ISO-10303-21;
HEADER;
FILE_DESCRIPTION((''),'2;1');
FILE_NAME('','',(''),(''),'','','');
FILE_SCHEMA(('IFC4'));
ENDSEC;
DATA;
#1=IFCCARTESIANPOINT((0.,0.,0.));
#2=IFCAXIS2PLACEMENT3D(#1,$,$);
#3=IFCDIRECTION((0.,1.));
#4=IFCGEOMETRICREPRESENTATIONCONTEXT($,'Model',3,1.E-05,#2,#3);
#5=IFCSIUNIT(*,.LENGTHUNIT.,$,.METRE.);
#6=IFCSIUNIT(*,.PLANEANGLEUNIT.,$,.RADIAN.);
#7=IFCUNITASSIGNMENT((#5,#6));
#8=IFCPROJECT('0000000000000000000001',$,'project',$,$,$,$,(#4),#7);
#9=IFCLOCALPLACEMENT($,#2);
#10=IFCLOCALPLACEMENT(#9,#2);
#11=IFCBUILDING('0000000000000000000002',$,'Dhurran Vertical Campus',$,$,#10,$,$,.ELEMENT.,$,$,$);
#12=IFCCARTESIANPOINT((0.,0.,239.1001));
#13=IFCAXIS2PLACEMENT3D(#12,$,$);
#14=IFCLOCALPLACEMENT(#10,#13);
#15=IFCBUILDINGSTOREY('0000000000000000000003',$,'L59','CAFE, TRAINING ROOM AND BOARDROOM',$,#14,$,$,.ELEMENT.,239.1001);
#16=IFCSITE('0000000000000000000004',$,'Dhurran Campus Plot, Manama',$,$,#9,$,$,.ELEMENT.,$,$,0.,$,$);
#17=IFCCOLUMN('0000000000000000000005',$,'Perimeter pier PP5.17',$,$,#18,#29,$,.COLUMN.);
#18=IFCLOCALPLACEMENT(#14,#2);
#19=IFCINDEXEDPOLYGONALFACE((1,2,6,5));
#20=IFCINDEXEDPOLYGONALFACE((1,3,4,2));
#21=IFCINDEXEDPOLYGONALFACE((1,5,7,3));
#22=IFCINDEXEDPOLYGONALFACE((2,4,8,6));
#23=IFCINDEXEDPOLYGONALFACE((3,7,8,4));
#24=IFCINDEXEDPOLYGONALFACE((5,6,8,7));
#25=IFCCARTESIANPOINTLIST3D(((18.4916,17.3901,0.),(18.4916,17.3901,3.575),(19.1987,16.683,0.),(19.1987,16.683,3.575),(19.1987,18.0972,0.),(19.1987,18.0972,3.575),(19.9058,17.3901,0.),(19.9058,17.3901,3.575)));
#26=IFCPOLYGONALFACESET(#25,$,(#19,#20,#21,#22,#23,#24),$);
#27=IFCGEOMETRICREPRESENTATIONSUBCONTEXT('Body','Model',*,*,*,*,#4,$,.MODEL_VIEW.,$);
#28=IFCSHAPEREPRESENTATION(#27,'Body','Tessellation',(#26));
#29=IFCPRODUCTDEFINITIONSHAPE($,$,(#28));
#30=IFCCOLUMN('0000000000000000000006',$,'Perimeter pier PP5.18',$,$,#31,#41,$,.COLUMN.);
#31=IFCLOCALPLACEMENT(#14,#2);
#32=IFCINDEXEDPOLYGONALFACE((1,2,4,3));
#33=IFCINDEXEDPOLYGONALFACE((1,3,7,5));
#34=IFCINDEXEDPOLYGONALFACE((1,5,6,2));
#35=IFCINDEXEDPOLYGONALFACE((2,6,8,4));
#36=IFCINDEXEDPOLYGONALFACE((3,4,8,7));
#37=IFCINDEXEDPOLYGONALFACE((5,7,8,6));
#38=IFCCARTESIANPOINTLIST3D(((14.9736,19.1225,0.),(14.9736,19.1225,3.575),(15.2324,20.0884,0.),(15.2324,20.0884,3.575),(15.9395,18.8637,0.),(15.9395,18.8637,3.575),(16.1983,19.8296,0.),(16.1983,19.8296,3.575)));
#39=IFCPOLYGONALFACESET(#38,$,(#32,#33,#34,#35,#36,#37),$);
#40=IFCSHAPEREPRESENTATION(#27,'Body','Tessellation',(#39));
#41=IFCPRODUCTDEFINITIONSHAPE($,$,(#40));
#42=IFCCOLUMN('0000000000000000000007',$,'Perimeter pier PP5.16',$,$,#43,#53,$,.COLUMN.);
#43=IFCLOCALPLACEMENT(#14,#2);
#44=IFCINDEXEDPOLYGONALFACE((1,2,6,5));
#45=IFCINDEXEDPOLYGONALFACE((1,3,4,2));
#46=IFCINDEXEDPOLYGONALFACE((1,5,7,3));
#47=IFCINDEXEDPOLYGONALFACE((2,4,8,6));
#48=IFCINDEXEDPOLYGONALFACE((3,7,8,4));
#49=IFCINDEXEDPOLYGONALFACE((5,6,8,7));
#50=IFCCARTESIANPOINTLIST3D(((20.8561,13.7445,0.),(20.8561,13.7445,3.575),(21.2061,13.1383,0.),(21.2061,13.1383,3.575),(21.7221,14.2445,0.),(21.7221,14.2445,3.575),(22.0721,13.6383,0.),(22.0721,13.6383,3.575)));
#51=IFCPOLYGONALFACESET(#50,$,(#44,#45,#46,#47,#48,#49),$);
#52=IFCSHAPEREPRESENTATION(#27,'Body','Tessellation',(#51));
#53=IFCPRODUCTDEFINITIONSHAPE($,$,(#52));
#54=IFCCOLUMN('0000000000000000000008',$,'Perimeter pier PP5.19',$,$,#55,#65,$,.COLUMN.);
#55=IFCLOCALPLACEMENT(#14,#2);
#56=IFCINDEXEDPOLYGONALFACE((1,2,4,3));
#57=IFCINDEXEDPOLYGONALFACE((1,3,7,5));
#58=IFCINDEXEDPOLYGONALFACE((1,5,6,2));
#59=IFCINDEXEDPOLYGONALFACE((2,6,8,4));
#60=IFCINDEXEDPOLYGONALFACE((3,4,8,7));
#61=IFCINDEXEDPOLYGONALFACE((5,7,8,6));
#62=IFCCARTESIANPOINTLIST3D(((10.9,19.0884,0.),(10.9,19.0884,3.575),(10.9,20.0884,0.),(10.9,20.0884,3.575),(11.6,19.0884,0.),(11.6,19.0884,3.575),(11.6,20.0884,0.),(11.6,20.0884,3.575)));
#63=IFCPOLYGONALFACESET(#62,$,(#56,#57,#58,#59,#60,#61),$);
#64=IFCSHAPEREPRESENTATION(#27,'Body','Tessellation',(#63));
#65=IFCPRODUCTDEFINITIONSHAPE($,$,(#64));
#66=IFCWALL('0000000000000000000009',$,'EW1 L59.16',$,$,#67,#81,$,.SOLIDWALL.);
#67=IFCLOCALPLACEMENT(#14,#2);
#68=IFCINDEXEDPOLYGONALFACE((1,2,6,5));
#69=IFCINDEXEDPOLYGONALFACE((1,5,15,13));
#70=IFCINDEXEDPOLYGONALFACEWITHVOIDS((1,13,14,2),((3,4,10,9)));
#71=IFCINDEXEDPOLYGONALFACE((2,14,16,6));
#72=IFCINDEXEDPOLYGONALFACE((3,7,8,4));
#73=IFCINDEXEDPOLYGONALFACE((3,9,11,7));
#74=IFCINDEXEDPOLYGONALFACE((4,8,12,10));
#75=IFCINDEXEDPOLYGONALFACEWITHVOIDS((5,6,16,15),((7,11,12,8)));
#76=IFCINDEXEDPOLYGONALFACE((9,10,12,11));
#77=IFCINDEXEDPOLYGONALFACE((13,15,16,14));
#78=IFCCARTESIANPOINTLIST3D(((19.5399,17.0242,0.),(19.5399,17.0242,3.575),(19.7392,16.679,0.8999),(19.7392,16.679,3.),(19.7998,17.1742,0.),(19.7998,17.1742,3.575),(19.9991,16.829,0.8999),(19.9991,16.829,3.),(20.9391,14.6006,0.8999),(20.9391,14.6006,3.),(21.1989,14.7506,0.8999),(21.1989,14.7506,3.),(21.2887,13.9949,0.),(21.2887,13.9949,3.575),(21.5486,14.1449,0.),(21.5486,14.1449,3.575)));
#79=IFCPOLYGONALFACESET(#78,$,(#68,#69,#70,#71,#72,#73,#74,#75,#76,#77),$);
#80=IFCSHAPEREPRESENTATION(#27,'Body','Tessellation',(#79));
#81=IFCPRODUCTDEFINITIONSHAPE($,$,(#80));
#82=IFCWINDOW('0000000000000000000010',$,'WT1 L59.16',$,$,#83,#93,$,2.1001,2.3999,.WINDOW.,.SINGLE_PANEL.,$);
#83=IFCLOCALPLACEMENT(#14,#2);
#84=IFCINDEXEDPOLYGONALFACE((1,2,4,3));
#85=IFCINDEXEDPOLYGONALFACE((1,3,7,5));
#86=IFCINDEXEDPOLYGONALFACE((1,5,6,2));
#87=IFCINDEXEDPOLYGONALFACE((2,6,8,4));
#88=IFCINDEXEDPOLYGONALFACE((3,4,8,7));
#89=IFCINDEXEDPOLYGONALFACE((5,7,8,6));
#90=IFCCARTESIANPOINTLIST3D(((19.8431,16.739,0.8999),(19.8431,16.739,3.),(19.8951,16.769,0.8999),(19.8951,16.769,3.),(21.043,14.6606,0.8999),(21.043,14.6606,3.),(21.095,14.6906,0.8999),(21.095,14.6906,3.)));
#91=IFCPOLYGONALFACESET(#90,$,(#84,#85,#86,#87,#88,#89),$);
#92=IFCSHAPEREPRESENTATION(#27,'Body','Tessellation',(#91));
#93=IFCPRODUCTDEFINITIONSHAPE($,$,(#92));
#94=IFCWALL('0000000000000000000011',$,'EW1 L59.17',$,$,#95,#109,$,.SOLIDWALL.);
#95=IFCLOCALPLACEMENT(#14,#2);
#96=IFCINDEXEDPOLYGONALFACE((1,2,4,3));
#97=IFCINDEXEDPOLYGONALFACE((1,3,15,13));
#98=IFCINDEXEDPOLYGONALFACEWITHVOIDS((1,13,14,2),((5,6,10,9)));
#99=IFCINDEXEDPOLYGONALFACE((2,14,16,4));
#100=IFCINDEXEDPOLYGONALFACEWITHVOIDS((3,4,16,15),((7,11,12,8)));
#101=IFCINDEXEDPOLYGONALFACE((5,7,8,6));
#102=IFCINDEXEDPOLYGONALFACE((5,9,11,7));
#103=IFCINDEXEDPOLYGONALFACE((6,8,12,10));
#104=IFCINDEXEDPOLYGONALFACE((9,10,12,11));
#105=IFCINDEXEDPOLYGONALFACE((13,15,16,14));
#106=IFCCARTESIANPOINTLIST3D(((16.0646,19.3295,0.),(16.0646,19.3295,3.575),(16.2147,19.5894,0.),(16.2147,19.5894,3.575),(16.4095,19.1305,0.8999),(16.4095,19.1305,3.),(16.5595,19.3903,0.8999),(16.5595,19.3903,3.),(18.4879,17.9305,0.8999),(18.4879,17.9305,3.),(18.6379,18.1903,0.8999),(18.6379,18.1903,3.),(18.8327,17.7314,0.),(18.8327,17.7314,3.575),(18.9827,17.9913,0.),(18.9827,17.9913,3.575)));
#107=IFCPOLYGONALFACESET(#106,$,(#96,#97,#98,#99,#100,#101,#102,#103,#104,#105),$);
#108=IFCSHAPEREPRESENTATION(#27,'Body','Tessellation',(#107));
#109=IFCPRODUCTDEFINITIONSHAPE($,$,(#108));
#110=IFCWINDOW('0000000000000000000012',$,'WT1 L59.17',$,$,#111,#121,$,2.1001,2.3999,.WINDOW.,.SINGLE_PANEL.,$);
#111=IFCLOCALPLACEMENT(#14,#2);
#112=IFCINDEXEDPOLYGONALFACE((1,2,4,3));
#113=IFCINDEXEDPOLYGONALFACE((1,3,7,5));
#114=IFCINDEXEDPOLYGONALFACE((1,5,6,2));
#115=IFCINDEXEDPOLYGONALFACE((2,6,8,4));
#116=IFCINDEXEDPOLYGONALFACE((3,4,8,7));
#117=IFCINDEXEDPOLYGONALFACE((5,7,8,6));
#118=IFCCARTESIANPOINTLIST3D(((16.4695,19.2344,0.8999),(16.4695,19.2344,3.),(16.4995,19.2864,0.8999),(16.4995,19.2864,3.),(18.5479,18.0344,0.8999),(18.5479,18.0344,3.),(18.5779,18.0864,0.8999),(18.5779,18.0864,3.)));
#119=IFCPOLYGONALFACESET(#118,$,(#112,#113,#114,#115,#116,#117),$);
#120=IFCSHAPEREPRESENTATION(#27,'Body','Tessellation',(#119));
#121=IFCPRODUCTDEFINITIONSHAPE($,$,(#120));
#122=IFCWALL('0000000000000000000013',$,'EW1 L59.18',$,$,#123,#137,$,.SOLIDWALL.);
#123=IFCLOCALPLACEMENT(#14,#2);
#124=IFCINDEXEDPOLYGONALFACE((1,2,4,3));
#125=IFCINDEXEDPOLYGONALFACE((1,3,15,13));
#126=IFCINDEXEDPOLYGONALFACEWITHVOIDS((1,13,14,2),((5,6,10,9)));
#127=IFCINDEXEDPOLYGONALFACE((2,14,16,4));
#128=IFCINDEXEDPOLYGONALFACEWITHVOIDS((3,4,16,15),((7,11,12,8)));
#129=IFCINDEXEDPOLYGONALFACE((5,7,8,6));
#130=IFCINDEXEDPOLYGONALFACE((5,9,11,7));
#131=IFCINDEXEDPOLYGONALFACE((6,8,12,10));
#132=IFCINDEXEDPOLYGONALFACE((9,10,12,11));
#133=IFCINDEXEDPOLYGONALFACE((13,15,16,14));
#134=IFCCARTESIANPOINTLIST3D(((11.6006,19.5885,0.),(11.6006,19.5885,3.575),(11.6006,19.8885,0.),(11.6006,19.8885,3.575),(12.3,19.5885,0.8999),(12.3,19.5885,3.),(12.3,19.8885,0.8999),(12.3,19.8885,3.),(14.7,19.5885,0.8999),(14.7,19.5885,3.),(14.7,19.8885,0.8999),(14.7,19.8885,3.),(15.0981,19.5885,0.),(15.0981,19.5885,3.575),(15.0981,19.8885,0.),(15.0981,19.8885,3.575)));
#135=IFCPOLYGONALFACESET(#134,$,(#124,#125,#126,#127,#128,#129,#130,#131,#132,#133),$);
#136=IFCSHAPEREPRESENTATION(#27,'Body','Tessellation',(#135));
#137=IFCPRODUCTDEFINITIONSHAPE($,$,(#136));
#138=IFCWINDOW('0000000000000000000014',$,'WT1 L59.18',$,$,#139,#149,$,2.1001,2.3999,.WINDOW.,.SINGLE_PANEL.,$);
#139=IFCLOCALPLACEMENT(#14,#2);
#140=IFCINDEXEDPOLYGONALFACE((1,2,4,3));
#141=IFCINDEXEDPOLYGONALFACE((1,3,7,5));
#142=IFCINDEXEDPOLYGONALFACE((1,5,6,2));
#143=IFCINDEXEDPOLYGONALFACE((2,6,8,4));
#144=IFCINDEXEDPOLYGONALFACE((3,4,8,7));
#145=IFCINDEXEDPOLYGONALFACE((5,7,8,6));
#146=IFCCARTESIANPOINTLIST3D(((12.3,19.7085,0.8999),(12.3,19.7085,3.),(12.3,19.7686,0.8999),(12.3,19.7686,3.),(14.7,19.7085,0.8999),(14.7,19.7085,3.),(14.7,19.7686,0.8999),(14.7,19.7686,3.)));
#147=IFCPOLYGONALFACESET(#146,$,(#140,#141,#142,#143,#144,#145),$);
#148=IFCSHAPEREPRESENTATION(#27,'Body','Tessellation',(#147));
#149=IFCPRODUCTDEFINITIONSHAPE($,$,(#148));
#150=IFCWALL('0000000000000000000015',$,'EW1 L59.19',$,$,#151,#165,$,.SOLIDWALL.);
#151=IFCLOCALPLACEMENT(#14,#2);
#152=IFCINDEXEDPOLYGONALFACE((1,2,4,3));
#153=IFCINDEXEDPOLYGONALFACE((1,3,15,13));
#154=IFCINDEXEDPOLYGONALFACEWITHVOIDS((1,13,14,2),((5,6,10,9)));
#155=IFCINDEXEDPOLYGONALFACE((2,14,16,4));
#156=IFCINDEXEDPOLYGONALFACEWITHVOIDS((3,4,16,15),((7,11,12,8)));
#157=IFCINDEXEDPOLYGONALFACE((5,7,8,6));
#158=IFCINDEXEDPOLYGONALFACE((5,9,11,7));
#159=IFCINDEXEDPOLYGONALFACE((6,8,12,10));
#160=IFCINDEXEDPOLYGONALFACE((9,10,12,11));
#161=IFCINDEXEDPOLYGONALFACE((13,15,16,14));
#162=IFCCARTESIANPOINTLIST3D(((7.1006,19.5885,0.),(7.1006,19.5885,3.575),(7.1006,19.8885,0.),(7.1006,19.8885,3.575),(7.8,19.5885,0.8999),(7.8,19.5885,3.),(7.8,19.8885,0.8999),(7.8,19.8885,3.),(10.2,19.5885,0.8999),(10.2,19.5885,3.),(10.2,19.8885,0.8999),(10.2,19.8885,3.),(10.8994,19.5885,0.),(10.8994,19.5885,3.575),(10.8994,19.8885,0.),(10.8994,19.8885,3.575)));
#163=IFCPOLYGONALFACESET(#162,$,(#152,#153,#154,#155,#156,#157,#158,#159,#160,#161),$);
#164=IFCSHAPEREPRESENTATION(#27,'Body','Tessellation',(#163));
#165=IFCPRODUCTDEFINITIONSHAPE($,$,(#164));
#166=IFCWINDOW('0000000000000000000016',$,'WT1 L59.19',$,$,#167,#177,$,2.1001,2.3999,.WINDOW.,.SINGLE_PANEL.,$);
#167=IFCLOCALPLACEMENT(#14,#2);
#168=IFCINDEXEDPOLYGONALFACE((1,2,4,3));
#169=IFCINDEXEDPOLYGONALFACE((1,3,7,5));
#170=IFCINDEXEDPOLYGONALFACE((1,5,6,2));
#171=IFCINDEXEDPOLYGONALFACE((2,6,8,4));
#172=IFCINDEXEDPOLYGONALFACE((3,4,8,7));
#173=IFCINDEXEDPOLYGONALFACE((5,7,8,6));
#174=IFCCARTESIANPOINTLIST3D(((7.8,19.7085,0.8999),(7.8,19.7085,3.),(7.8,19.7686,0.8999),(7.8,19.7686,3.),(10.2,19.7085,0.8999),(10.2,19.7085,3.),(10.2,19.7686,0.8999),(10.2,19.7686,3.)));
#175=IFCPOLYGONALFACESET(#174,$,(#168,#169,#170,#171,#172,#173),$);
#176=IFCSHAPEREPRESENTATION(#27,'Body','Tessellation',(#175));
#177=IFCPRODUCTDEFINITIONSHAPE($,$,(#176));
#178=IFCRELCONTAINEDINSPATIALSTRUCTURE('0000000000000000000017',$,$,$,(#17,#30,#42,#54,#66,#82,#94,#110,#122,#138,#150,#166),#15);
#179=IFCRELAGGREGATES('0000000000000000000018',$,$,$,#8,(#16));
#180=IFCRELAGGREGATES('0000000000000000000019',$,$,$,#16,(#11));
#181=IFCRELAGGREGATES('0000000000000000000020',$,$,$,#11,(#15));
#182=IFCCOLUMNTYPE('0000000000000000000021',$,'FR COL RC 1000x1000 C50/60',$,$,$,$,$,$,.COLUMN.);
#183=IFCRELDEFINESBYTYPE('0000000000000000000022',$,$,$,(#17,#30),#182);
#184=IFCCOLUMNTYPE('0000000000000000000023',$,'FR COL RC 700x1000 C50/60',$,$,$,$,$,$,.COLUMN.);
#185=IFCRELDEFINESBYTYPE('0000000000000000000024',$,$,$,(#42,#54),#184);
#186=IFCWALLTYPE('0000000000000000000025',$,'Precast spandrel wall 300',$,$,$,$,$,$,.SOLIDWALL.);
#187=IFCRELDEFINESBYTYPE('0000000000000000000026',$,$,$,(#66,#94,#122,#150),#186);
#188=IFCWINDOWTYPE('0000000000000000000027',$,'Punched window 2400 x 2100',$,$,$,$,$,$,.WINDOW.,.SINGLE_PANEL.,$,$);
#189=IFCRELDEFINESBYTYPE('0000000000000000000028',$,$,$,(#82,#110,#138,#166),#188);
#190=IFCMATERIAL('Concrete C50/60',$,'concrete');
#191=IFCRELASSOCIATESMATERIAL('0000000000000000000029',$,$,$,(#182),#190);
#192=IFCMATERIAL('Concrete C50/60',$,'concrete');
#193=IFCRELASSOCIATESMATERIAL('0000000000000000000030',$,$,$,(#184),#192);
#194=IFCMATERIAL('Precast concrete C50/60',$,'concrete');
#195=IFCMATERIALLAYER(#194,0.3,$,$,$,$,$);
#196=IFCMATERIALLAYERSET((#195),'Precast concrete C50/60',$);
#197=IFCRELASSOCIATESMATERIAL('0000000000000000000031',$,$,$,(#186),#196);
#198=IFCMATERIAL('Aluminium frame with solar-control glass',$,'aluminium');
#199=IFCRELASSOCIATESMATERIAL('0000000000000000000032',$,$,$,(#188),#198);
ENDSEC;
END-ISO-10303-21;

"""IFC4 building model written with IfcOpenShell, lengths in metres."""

from ifc_helpers import new_model, si_unit, direction, frame, frame_2d, origin, origin_2d, place, context, subcontext, project, spatial, rectangle, extrude, material, layer, layer_set, material_profile, profile_set, type_object, element, fill, save


model = new_model("IFC4")

# Units and contexts
model_context = context("Model", 3, precision=1e-05, world=origin(), true_north=direction((0.0, 1.0)))
body_context = subcontext(model_context, "Body", "Model", "MODEL_VIEW")
ifc_project = project(units=[si_unit("LENGTHUNIT", "METRE"), si_unit("PLANEANGLEUNIT", "RADIAN")], contexts=[model_context])

# Site, building, storey
site_placement = place(None, origin())
site = spatial("IfcSite", under=ifc_project, at=site_placement, Name="Dhurran Campus Plot, Manama", CompositionType="ELEMENT", RefElevation=0.0)
building_placement = place(site_placement, origin())
building = spatial("IfcBuilding", under=site, at=building_placement, Name="Dhurran Vertical Campus", CompositionType="ELEMENT")
storey_placement = place(building_placement, frame((0.0, 0.0, 239.1001)))
storey = spatial("IfcBuildingStorey", under=building, at=storey_placement, Name="L59", Description="CAFE, TRAINING ROOM AND BOARDROOM", CompositionType="ELEMENT", Elevation=239.1001)

# Columns
ifc_material_1 = material(Name="Concrete C50/60", Category="concrete")
ifc_material_profile_1 = material_profile(ifc_material_1, rectangle(XDim=1.0, YDim=1.0, at=origin_2d()), Name="RC 1000x1000")
ifc_profile_set_1 = profile_set([ifc_material_profile_1], Name="Concrete C50/60")
column_type_1 = type_object("IfcColumnType", Name="FR COL RC 1000x1000 C50/60", PredefinedType="COLUMN", material=ifc_profile_set_1)
for number, where, z_axis, x_axis, name in (
    (1, (19.1987, 17.3901, 0.0), (0.0, 0.0, 1.0), (-0.707107, 0.707107, 0.0), "Perimeter pier PP5.17"),
    (2, (15.5859, 19.4761, 0.0), (0.0, 0.0, 1.0), (-0.965926, 0.258819, 0.0), "Perimeter pier PP5.18"),
):
    element("IfcColumn", number, at=place(storey_placement, frame(where, z_axis=z_axis, x_axis=x_axis)), inside=storey, type_object=column_type_1, Name=name, PredefinedType="COLUMN", context=body_context, shape_type="SweptSolid", body=[
        extrude(rectangle(XDim=1.0, YDim=1.0, at=origin_2d()), origin(), (0.0, 0.0, 1.0), 3.575),
    ])
ifc_material_2 = material(Name="Concrete C50/60", Category="concrete")
ifc_material_profile_2 = material_profile(ifc_material_2, rectangle(XDim=0.7, YDim=1.0, at=origin_2d()), Name="RC 700x1000")
ifc_profile_set_2 = profile_set([ifc_material_profile_2], Name="Concrete C50/60")
column_type_2 = type_object("IfcColumnType", Name="FR COL RC 700x1000 C50/60", PredefinedType="COLUMN", material=ifc_profile_set_2)
for number, where, z_axis, x_axis, name in (
    (3, (21.4641, 13.6914, 0.0), (0.0, 0.0, 1.0), (-0.5, 0.866025, 0.0), "Perimeter pier PP5.16"),
    (4, (11.25, 19.5884, 0.0), (0.0, 0.0, 1.0), (-1.0, 0.0, 0.0), "Perimeter pier PP5.19"),
):
    element("IfcColumn", number, at=place(storey_placement, frame(where, z_axis=z_axis, x_axis=x_axis)), inside=storey, type_object=column_type_2, Name=name, PredefinedType="COLUMN", context=body_context, shape_type="SweptSolid", body=[
        extrude(rectangle(XDim=0.7, YDim=1.0, at=origin_2d()), origin(), (0.0, 0.0, 1.0), 3.575),
    ])

# Walls, openings, windows
ifc_material_3 = material(Name="Precast concrete C50/60", Category="concrete")
ifc_layer_1 = layer(ifc_material_3, 0.3)
ifc_layer_set_1 = layer_set([ifc_layer_1], Name="Precast concrete C50/60")
wall_type_1 = type_object("IfcWallType", Name="Precast spandrel wall 300", PredefinedType="SOLIDWALL", material=ifc_layer_set_1)
wall_1_placement = place(storey_placement, frame((21.4187, 14.0698, 0.0), z_axis=(0.0, 0.0, 1.0), x_axis=(-0.49996, 0.866048, 0.0)))
wall_1 = element("IfcWall", 5, at=wall_1_placement, inside=storey, type_object=wall_type_1, Name="EW1 L59.16", PredefinedType="SOLIDWALL", context=body_context, shape_type="SweptSolid", body=[
    extrude(rectangle(XDim=3.4978, YDim=0.3, at=frame_2d((1.749, 0.0))), origin(), (0.0, 0.0, 1.0), 3.575),
])
opening_1_placement = place(wall_1_placement, frame((0.6995, 0.0, 0.8999)))
opening_1 = element("IfcOpeningElement", 6, at=opening_1_placement, cuts=wall_1, PredefinedType="OPENING", context=body_context, shape_type="SweptSolid", body=[
    extrude(rectangle(XDim=2.3999, YDim=2.1001, at=frame_2d((1.2, 1.05))), frame((0.0, 0.1599, 0.0), z_axis=(0.0, -1.0, 0.0), x_axis=(1.0, 0.0, 0.0)), (0.0, 0.0, 1.0), 0.3201),
])
ifc_material_4 = material(Name="Aluminium frame with solar-control glass", Category="aluminium")
window_type = type_object("IfcWindowType", Name="Punched window 2400 x 2100", PartitioningType="SINGLE_PANEL", PredefinedType="WINDOW", material=ifc_material_4)
window_1_placement = place(opening_1_placement, origin())
window_1 = element("IfcWindow", 7, at=window_1_placement, inside=storey, type_object=window_type, Name="WT1 L59.16", OverallHeight=2.1001, OverallWidth=2.3999, PartitioningType="SINGLE_PANEL", PredefinedType="WINDOW", context=body_context, shape_type="SweptSolid", body=[
    extrude(rectangle(XDim=2.3999, YDim=2.1001, at=frame_2d((1.2, 1.05))), frame((0.0, 0.03, 0.0), z_axis=(0.0, -1.0, 0.0), x_axis=(1.0, 0.0, 0.0)), (0.0, 0.0, 1.0), 0.0601),
])
fill(opening_1, window_1)
wall_2_placement = place(storey_placement, frame((18.9077, 17.8613, 0.0), z_axis=(0.0, 0.0, 1.0), x_axis=(-0.866025, 0.5, 0.0)))
wall_2 = element("IfcWall", 8, at=wall_2_placement, inside=storey, type_object=wall_type_1, Name="EW1 L59.17", PredefinedType="SOLIDWALL", context=body_context, shape_type="SweptSolid", body=[
    extrude(rectangle(XDim=3.1963, YDim=0.3, at=frame_2d((1.5981, 0.0))), origin(), (0.0, 0.0, 1.0), 3.575),
])
opening_2_placement = place(wall_2_placement, frame((0.3982, 0.0, 0.8999)))
opening_2 = element("IfcOpeningElement", 9, at=opening_2_placement, cuts=wall_2, PredefinedType="OPENING", context=body_context, shape_type="SweptSolid", body=[
    extrude(rectangle(XDim=2.3999, YDim=2.1001, at=frame_2d((1.2, 1.05))), frame((0.0, 0.1599, 0.0), z_axis=(0.0, -1.0, 0.0), x_axis=(1.0, 0.0, 0.0)), (0.0, 0.0, 1.0), 0.3201),
])
window_2_placement = place(opening_2_placement, origin())
window_2 = element("IfcWindow", 10, at=window_2_placement, inside=storey, type_object=window_type, Name="WT1 L59.17", OverallHeight=2.1001, OverallWidth=2.3999, PartitioningType="SINGLE_PANEL", PredefinedType="WINDOW", context=body_context, shape_type="SweptSolid", body=[
    extrude(rectangle(XDim=2.3999, YDim=2.1001, at=frame_2d((1.2, 1.05))), frame((0.0, 0.03, 0.0), z_axis=(0.0, -1.0, 0.0), x_axis=(1.0, 0.0, 0.0)), (0.0, 0.0, 1.0), 0.0601),
])
fill(opening_2, window_2)
wall_3_placement = place(storey_placement, frame((15.0981, 19.7385, 0.0), z_axis=(0.0, 0.0, 1.0), x_axis=(-1.0, 0.0, 0.0)))
wall_3 = element("IfcWall", 11, at=wall_3_placement, inside=storey, type_object=wall_type_1, Name="EW1 L59.18", PredefinedType="SOLIDWALL", context=body_context, shape_type="SweptSolid", body=[
    extrude(rectangle(XDim=3.4976, YDim=0.3, at=frame_2d((1.7488, 0.0))), origin(), (0.0, 0.0, 1.0), 3.575),
])
opening_3_placement = place(wall_3_placement, frame((0.3982, 0.0, 0.8999)))
opening_3 = element("IfcOpeningElement", 12, at=opening_3_placement, cuts=wall_3, PredefinedType="OPENING", context=body_context, shape_type="SweptSolid", body=[
    extrude(rectangle(XDim=2.3999, YDim=2.1001, at=frame_2d((1.2, 1.05))), frame((0.0, 0.1599, 0.0), z_axis=(0.0, -1.0, 0.0), x_axis=(1.0, 0.0, 0.0)), (0.0, 0.0, 1.0), 0.3201),
])
window_3_placement = place(opening_3_placement, origin())
window_3 = element("IfcWindow", 13, at=window_3_placement, inside=storey, type_object=window_type, Name="WT1 L59.18", OverallHeight=2.1001, OverallWidth=2.3999, PartitioningType="SINGLE_PANEL", PredefinedType="WINDOW", context=body_context, shape_type="SweptSolid", body=[
    extrude(rectangle(XDim=2.3999, YDim=2.1001, at=frame_2d((1.2, 1.05))), frame((0.0, 0.03, 0.0), z_axis=(0.0, -1.0, 0.0), x_axis=(1.0, 0.0, 0.0)), (0.0, 0.0, 1.0), 0.0601),
])
fill(opening_3, window_3)
wall_4_placement = place(storey_placement, frame((10.8994, 19.7385, 0.0), z_axis=(0.0, 0.0, 1.0), x_axis=(-1.0, 0.0, 0.0)))
wall_4 = element("IfcWall", 14, at=wall_4_placement, inside=storey, type_object=wall_type_1, Name="EW1 L59.19", PredefinedType="SOLIDWALL", context=body_context, shape_type="SweptSolid", body=[
    extrude(rectangle(XDim=3.7988, YDim=0.3, at=frame_2d((1.8994, 0.0))), origin(), (0.0, 0.0, 1.0), 3.575),
])
opening_4_placement = place(wall_4_placement, frame((0.6995, 0.0, 0.8999)))
opening_4 = element("IfcOpeningElement", 15, at=opening_4_placement, cuts=wall_4, PredefinedType="OPENING", context=body_context, shape_type="SweptSolid", body=[
    extrude(rectangle(XDim=2.3999, YDim=2.1001, at=frame_2d((1.2, 1.05))), frame((0.0, 0.1599, 0.0), z_axis=(0.0, -1.0, 0.0), x_axis=(1.0, 0.0, 0.0)), (0.0, 0.0, 1.0), 0.3201),
])
window_4_placement = place(opening_4_placement, origin())
window_4 = element("IfcWindow", 16, at=window_4_placement, inside=storey, type_object=window_type, Name="WT1 L59.19", OverallHeight=2.1001, OverallWidth=2.3999, PartitioningType="SINGLE_PANEL", PredefinedType="WINDOW", context=body_context, shape_type="SweptSolid", body=[
    extrude(rectangle(XDim=2.3999, YDim=2.1001, at=frame_2d((1.2, 1.05))), frame((0.0, 0.03, 0.0), z_axis=(0.0, -1.0, 0.0), x_axis=(1.0, 0.0, 0.0)), (0.0, 0.0, 1.0), 0.0601),
])
fill(opening_4, window_4)

save(model, "model.ifc")
